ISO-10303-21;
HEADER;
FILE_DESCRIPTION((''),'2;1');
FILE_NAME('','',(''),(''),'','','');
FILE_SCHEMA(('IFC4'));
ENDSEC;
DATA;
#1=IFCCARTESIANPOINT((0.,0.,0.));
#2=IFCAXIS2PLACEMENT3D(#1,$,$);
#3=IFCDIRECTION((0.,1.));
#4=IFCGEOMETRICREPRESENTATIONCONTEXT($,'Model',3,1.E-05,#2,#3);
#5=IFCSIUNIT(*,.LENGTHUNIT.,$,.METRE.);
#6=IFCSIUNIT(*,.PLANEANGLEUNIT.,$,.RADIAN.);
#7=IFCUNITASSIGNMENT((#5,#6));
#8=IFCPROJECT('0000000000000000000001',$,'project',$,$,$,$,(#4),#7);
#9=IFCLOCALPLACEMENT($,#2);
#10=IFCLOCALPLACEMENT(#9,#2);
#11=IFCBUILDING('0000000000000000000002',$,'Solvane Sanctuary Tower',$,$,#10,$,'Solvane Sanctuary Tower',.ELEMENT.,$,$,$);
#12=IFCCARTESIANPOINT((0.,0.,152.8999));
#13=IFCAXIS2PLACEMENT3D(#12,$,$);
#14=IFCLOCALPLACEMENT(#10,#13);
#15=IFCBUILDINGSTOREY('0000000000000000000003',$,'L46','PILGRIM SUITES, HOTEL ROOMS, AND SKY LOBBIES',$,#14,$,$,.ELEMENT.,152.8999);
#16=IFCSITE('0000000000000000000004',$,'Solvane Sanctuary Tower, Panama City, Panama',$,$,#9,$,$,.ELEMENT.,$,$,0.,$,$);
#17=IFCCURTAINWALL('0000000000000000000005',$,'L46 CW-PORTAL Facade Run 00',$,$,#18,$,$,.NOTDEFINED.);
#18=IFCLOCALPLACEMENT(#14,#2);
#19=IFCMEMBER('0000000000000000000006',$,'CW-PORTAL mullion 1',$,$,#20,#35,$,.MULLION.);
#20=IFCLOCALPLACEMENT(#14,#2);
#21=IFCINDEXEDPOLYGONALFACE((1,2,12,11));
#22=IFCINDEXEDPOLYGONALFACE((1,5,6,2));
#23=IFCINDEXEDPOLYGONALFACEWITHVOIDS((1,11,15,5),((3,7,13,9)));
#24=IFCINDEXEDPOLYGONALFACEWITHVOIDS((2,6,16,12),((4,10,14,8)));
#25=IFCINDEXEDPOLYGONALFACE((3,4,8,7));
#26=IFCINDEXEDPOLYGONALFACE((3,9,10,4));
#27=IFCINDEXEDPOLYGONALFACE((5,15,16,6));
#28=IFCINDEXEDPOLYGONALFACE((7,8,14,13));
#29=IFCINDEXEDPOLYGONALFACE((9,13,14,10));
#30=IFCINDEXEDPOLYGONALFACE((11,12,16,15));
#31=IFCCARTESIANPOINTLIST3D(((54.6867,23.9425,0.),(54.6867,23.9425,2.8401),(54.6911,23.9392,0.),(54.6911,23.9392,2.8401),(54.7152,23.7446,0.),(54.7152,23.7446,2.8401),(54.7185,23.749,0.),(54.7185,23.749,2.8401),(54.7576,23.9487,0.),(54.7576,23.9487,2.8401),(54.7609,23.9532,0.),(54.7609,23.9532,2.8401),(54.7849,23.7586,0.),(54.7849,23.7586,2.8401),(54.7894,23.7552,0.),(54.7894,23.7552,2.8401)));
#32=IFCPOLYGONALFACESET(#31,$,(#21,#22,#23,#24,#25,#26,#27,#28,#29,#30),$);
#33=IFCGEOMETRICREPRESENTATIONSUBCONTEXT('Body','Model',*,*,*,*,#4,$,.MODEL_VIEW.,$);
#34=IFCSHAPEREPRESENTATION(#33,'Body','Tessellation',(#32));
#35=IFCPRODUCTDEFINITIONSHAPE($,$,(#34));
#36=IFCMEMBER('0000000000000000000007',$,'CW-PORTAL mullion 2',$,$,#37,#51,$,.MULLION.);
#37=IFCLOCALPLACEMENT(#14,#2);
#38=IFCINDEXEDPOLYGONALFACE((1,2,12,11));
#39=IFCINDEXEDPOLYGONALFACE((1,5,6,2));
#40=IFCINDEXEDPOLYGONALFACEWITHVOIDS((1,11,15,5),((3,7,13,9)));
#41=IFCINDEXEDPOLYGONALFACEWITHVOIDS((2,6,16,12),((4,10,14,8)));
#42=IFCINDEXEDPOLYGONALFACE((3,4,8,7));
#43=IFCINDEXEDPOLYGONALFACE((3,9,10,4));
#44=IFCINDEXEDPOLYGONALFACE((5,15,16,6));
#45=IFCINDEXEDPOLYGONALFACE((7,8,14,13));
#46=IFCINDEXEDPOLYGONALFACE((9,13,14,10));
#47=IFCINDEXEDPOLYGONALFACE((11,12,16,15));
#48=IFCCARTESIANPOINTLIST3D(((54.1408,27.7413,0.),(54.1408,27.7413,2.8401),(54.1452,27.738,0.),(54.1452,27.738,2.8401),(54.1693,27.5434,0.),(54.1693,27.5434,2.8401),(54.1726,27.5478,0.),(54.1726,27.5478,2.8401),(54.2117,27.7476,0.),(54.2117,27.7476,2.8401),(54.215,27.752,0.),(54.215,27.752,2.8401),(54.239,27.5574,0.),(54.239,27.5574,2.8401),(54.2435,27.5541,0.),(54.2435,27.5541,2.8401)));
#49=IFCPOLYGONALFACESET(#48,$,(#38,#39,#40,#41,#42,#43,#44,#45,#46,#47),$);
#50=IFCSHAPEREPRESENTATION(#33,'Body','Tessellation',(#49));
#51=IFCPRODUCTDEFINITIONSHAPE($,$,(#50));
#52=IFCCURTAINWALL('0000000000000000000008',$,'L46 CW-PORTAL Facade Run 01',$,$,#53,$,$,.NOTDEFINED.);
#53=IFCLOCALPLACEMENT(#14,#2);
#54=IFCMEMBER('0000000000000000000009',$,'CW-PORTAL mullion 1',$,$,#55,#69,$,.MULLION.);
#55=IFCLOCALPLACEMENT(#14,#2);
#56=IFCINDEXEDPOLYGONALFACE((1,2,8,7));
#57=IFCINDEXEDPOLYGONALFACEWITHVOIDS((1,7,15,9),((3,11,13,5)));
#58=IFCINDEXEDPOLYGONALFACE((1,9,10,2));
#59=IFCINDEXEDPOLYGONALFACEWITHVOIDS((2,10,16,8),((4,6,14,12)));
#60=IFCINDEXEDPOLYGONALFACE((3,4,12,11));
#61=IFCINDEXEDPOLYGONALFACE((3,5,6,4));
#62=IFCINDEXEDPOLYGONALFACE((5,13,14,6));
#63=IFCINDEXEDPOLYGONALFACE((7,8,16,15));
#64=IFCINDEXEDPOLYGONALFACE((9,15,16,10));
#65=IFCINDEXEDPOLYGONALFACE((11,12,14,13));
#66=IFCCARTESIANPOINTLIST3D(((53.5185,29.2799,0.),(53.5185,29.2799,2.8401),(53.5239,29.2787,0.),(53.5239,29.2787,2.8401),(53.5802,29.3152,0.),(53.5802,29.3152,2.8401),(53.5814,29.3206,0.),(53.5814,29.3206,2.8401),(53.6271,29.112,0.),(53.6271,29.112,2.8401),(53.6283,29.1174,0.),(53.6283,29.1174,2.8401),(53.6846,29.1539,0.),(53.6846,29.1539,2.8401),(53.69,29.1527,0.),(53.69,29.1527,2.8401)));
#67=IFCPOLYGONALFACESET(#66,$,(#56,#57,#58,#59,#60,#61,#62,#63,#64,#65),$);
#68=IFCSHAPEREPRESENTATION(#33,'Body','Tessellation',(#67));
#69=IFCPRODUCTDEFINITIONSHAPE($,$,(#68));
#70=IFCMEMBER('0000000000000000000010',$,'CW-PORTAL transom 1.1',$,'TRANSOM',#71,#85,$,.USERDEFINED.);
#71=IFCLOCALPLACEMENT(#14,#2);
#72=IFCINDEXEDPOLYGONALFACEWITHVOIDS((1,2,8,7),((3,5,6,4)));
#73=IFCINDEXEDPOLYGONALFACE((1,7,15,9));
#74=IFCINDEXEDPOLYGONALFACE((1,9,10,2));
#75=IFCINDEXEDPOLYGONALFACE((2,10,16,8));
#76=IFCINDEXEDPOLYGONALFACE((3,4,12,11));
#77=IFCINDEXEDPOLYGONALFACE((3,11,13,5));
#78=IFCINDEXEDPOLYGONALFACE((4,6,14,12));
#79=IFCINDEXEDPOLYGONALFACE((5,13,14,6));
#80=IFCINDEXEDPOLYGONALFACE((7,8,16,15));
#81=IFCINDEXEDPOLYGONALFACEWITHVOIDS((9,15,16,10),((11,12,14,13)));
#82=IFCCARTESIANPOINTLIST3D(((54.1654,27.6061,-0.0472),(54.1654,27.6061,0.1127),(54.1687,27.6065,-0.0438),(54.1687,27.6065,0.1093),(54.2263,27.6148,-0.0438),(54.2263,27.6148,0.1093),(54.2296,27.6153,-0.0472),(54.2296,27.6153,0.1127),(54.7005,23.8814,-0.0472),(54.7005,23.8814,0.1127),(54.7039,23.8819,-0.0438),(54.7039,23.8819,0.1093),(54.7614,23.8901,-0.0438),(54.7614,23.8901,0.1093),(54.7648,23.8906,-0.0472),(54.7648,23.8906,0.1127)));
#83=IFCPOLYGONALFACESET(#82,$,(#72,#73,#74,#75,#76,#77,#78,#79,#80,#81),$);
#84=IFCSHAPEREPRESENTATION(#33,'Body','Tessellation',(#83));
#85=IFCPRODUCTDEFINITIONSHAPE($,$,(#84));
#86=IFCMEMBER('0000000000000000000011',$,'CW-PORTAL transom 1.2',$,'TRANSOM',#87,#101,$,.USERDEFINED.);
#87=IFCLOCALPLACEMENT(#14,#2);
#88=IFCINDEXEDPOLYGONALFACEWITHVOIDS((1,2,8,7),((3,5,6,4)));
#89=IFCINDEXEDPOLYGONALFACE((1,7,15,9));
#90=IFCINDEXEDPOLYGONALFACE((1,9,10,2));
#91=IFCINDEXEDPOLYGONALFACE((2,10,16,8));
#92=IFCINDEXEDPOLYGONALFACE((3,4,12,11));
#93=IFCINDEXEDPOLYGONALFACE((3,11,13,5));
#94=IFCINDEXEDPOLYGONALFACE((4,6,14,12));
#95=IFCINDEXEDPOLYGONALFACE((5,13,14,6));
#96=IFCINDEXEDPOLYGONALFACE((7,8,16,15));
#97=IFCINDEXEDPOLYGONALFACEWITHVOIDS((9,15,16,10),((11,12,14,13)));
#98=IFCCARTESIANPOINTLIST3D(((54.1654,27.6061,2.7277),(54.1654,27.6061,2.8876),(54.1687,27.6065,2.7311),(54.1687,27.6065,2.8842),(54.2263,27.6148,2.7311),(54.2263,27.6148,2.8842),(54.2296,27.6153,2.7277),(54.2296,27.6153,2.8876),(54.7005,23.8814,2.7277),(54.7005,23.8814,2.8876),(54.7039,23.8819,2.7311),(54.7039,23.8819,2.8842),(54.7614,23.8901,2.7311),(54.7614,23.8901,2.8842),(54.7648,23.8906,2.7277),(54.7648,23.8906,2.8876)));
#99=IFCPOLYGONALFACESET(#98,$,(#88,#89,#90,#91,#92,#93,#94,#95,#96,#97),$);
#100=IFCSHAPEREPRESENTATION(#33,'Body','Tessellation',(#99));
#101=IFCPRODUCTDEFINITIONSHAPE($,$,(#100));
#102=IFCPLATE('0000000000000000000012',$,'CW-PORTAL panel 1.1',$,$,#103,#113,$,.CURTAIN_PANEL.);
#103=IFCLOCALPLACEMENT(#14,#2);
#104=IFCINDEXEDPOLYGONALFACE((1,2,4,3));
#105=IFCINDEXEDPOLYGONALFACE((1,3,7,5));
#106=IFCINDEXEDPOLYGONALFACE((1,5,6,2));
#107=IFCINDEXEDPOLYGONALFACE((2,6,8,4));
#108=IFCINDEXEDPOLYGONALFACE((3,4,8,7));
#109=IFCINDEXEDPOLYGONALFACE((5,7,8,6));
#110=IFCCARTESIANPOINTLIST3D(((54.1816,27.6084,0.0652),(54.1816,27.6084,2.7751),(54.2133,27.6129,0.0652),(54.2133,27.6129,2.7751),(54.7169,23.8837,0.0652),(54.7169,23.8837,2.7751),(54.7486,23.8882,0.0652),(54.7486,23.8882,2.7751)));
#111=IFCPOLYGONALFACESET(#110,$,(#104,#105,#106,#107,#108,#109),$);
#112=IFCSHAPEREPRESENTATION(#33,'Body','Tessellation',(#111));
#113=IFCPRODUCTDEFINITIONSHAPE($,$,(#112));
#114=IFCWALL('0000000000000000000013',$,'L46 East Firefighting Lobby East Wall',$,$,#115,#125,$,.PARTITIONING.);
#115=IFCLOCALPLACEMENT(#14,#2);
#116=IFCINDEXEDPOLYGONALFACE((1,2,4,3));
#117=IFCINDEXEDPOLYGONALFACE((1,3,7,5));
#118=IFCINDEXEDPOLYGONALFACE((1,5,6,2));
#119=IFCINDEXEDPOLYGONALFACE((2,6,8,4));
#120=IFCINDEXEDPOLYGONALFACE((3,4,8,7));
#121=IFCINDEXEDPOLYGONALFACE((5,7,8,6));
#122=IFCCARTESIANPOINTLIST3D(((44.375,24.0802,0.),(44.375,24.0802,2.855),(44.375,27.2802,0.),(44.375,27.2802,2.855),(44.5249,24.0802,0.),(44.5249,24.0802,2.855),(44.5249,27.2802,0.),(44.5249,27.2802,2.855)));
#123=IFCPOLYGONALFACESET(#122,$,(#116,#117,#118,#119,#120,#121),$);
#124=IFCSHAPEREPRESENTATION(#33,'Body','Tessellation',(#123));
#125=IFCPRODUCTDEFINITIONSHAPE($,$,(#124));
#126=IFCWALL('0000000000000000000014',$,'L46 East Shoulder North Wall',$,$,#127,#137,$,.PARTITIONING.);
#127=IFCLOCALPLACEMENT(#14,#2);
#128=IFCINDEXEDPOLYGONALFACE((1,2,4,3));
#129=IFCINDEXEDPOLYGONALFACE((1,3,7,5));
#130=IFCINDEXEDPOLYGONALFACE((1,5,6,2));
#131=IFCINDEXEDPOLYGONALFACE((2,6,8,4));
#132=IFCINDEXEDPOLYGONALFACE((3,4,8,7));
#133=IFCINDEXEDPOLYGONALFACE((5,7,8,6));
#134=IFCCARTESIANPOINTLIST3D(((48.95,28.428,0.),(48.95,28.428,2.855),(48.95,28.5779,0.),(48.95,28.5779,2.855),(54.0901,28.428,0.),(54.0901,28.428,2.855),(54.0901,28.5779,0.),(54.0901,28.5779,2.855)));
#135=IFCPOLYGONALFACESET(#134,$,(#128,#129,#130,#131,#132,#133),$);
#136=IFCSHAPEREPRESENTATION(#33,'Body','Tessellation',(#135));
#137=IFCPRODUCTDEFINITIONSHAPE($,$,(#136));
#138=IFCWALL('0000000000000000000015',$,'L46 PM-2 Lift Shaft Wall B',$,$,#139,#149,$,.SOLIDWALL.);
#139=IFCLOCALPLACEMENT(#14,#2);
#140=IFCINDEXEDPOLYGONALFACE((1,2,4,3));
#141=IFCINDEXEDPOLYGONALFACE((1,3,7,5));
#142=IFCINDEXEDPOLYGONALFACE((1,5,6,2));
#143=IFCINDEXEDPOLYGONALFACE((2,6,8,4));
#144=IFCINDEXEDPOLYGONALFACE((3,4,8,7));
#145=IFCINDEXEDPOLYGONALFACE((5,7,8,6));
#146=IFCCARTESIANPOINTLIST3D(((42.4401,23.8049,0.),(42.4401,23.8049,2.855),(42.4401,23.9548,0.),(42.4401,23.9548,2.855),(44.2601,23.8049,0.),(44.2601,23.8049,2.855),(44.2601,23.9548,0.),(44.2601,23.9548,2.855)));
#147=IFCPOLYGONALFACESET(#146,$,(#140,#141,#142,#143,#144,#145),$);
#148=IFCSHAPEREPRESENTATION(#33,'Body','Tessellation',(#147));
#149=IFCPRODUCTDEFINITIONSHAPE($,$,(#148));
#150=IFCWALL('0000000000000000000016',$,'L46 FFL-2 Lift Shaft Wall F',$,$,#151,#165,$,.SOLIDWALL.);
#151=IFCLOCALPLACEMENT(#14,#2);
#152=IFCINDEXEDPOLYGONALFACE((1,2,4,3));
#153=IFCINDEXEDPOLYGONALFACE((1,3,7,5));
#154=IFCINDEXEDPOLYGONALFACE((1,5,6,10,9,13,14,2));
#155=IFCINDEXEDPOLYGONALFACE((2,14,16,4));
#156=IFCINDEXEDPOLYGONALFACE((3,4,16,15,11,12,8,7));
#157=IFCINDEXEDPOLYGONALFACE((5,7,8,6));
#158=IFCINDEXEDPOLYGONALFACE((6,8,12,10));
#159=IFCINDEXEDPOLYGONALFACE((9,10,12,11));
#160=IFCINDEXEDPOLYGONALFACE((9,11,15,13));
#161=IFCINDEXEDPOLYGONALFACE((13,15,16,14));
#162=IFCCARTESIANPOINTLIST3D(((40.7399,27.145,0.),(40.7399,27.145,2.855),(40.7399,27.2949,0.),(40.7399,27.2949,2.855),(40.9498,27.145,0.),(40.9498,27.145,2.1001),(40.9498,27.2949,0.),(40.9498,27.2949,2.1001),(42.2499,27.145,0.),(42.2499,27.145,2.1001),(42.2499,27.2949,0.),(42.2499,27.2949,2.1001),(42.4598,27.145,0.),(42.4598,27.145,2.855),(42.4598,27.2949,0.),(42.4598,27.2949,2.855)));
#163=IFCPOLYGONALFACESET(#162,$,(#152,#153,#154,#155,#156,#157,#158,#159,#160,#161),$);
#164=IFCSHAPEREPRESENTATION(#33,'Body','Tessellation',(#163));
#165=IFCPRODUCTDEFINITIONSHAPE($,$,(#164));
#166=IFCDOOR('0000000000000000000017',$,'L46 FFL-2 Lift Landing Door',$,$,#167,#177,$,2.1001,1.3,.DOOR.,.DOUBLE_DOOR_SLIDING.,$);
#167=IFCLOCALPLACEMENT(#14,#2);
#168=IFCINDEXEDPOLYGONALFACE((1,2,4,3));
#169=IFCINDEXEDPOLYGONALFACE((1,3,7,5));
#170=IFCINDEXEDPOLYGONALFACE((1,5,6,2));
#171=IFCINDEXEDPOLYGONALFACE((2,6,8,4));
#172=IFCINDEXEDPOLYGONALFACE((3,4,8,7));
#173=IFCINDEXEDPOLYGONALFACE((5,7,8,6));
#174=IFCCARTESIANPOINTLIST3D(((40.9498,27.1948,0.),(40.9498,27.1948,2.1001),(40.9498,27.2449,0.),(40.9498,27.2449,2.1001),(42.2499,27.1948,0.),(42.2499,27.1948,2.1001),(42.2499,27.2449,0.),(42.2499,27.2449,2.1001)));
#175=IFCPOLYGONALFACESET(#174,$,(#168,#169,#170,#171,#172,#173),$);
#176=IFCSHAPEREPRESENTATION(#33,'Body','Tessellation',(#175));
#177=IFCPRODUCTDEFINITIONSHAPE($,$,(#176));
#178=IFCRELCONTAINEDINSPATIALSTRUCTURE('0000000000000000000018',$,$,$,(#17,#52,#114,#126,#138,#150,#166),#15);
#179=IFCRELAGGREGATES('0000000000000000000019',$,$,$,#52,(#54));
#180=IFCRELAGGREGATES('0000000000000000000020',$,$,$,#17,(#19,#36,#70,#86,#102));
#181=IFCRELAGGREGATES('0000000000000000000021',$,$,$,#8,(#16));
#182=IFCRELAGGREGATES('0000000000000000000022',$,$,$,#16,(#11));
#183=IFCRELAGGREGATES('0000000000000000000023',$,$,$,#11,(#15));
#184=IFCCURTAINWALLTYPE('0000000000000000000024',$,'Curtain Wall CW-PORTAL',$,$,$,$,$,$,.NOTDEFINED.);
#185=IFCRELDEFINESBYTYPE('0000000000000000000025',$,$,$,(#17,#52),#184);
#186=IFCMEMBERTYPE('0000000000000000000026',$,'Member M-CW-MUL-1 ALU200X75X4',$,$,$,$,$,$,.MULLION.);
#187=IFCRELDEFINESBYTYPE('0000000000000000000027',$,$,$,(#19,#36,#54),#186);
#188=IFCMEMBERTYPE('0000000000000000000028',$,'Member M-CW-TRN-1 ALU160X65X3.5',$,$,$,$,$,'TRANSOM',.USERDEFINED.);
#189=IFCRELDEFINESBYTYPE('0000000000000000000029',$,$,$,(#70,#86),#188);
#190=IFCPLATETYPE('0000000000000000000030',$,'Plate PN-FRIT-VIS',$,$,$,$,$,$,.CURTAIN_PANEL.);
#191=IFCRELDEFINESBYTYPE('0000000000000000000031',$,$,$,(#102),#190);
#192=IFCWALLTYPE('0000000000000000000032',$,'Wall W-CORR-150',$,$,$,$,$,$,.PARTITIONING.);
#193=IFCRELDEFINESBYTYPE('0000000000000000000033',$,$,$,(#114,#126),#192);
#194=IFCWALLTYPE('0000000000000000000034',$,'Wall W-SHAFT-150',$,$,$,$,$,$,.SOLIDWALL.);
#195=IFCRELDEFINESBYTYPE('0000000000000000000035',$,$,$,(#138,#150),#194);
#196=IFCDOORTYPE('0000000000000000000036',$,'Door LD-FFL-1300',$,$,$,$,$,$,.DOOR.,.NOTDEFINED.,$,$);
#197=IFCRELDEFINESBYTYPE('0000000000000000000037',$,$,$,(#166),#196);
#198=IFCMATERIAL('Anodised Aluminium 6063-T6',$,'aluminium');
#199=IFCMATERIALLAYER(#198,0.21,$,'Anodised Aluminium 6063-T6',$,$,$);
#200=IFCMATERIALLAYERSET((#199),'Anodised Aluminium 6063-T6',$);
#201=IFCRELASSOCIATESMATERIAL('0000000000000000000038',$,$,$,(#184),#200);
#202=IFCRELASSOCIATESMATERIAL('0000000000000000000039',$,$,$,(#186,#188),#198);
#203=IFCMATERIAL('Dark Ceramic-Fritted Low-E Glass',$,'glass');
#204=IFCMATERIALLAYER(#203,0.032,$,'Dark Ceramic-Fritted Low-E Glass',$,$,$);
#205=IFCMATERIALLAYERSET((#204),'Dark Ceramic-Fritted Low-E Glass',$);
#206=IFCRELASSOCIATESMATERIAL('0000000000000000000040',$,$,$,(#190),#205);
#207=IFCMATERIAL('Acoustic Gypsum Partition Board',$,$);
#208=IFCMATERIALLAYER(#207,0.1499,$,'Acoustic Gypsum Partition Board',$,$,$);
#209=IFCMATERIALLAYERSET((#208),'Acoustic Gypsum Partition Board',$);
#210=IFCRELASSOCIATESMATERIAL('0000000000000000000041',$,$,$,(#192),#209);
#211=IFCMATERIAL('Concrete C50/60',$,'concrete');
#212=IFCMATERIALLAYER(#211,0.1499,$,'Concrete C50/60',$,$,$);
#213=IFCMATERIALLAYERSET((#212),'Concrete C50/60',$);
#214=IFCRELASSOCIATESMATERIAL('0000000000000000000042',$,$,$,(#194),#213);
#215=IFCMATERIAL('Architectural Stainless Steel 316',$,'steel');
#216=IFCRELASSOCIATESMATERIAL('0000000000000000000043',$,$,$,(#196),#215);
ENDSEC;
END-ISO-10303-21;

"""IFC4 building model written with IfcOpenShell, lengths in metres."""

from ifc_helpers import new_model, si_unit, direction, frame, frame_2d, origin, origin_2d, place, context, subcontext, project, spatial, rectangle, hollow_rectangle, extrude, material, layer, layer_set, material_profile, profile_set, type_object, element, fill, aggregate, save


model = new_model("IFC4")

# Units and contexts
model_context = context("Model", 3, precision=1e-05, world=origin(), true_north=direction((0.0, 1.0)))
body_context = subcontext(model_context, "Body", "Model", "MODEL_VIEW")
ifc_project = project(units=[si_unit("LENGTHUNIT", "METRE"), si_unit("PLANEANGLEUNIT", "RADIAN")], contexts=[model_context])

# Site, building, storey
site_placement = place(None, origin())
site = spatial("IfcSite", under=ifc_project, at=site_placement, Name="Solvane Sanctuary Tower, Panama City, Panama", CompositionType="ELEMENT", RefElevation=0.0)
building_placement = place(site_placement, origin())
building = spatial("IfcBuilding", under=site, at=building_placement, Name="Solvane Sanctuary Tower", LongName="Solvane Sanctuary Tower", CompositionType="ELEMENT")
storey_placement = place(building_placement, frame((0.0, 0.0, 152.8999)))
storey = spatial("IfcBuildingStorey", under=building, at=storey_placement, Name="L46", Description="PILGRIM SUITES, HOTEL ROOMS, AND SKY LOBBIES", CompositionType="ELEMENT", Elevation=152.8999)

# Curtain wall, members
ifc_material_1 = material(Name="Anodised Aluminium 6063-T6", Category="aluminium")
ifc_layer_1 = layer(ifc_material_1, 0.21, Name="Anodised Aluminium 6063-T6")
ifc_layer_set_1 = layer_set([ifc_layer_1], Name="Anodised Aluminium 6063-T6")
curtain_wall_type = type_object("IfcCurtainWallType", Name="Curtain Wall CW-PORTAL", PredefinedType="NOTDEFINED", material=ifc_layer_set_1)
curtain_wall_1_placement = place(storey_placement, origin())
curtain_wall_1 = element("IfcCurtainWall", 1, at=curtain_wall_1_placement, inside=storey, type_object=curtain_wall_type, Name="L46 CW-PORTAL Facade Run 00", PredefinedType="NOTDEFINED")
ifc_material_profile_1 = material_profile(ifc_material_1, hollow_rectangle(XDim=0.075, YDim=0.2, WallThickness=0.0039, at=origin_2d()), Name="ALU200X75X4")
ifc_profile_set_1 = profile_set([ifc_material_profile_1], Name="Anodised Aluminium 6063-T6")
member_type_1 = type_object("IfcMemberType", Name="Member M-CW-MUL-1 ALU200X75X4", PredefinedType="MULLION", material=ifc_profile_set_1)
member_1_placement = place(storey_placement, frame((54.738, 23.8489, 0.0), z_axis=(0.0, 0.0, 1.0), x_axis=(-0.989831, -0.142248, 0.0)))
member_1 = element("IfcMember", 2, at=member_1_placement, type_object=member_type_1, Name="CW-PORTAL mullion 1", PredefinedType="MULLION", context=body_context, shape_type="SweptSolid", body=[
    extrude(hollow_rectangle(XDim=0.075, YDim=0.2, WallThickness=0.0039, at=origin_2d()), origin(), (0.0, 0.0, 1.0), 2.8401),
])
member_2_placement = place(storey_placement, frame((54.1921, 27.6477, 0.0), z_axis=(0.0, 0.0, 1.0), x_axis=(-0.989831, -0.142248, 0.0)))
member_2 = element("IfcMember", 3, at=member_2_placement, type_object=member_type_1, Name="CW-PORTAL mullion 2", PredefinedType="MULLION", context=body_context, shape_type="SweptSolid", body=[
    extrude(hollow_rectangle(XDim=0.075, YDim=0.2, WallThickness=0.0039, at=origin_2d()), origin(), (0.0, 0.0, 1.0), 2.8401),
])

# Curtain wall, member
curtain_wall_2_placement = place(storey_placement, origin())
curtain_wall_2 = element("IfcCurtainWall", 4, at=curtain_wall_2_placement, inside=storey, type_object=curtain_wall_type, Name="L46 CW-PORTAL Facade Run 01", PredefinedType="NOTDEFINED")
member_3_placement = place(storey_placement, frame((53.6042, 29.2163, 0.0), z_axis=(0.0, 0.0, 1.0), x_axis=(-0.839512, -0.543341, 0.0)))
member_3 = element("IfcMember", 5, at=member_3_placement, type_object=member_type_1, Name="CW-PORTAL mullion 1", PredefinedType="MULLION", context=body_context, shape_type="SweptSolid", body=[
    extrude(hollow_rectangle(XDim=0.075, YDim=0.2, WallThickness=0.0039, at=origin_2d()), origin(), (0.0, 0.0, 1.0), 2.8401),
])
aggregate(curtain_wall_2, [member_3])

# Members
ifc_material_profile_2 = material_profile(ifc_material_1, hollow_rectangle(XDim=0.0649, YDim=0.1599, WallThickness=0.0034, at=origin_2d()), Name="ALU160X65X3.5")
ifc_profile_set_2 = profile_set([ifc_material_profile_2], Name="Anodised Aluminium 6063-T6")
member_type_2 = type_object("IfcMemberType", Name="Member M-CW-TRN-1 ALU160X65X3.5", ElementType="TRANSOM", PredefinedType="USERDEFINED", material=ifc_profile_set_2)
member_4_placement = place(storey_placement, frame((54.7327, 23.886, 0.0327), z_axis=(-0.142221, 0.989835, 0.0), x_axis=(-0.989835, -0.142221, 0.0)))
member_4 = element("IfcMember", 6, at=member_4_placement, type_object=member_type_2, Name="CW-PORTAL transom 1.1", ObjectType="TRANSOM", PredefinedType="USERDEFINED", context=body_context, shape_type="SweptSolid", body=[
    extrude(hollow_rectangle(XDim=0.0649, YDim=0.1599, WallThickness=0.0034, at=origin_2d()), origin(), (0.0, 0.0, 1.0), 3.7629),
])
member_5_placement = place(storey_placement, frame((54.7327, 23.886, 2.8076), z_axis=(-0.142221, 0.989835, 0.0), x_axis=(-0.989835, -0.142221, 0.0)))
member_5 = element("IfcMember", 7, at=member_5_placement, type_object=member_type_2, Name="CW-PORTAL transom 1.2", ObjectType="TRANSOM", PredefinedType="USERDEFINED", context=body_context, shape_type="SweptSolid", body=[
    extrude(hollow_rectangle(XDim=0.0649, YDim=0.1599, WallThickness=0.0034, at=origin_2d()), origin(), (0.0, 0.0, 1.0), 3.7629),
])

# Plate
ifc_material_2 = material(Name="Dark Ceramic-Fritted Low-E Glass", Category="glass")
ifc_layer_2 = layer(ifc_material_2, 0.032, Name="Dark Ceramic-Fritted Low-E Glass")
ifc_layer_set_2 = layer_set([ifc_layer_2], Name="Dark Ceramic-Fritted Low-E Glass")
plate_type = type_object("IfcPlateType", Name="Plate PN-FRIT-VIS", PredefinedType="CURTAIN_PANEL", material=ifc_layer_set_2)
plate_placement = place(storey_placement, frame((54.4651, 25.7483, 0.0652), z_axis=(0.0, 0.0, 1.0), x_axis=(-0.142248, 0.989831, 0.0)))
plate = element("IfcPlate", 8, at=plate_placement, type_object=plate_type, Name="CW-PORTAL panel 1.1", PredefinedType="CURTAIN_PANEL", context=body_context, shape_type="SweptSolid", body=[
    extrude(rectangle(XDim=3.7629, YDim=0.032, at=origin_2d()), origin(), (0.0, 0.0, 1.0), 2.71),
])
aggregate(curtain_wall_1, [member_1, member_2, member_4, member_5, plate])

# Walls
ifc_material_3 = material(Name="Acoustic Gypsum Partition Board")
ifc_layer_3 = layer(ifc_material_3, 0.1499, Name="Acoustic Gypsum Partition Board")
ifc_layer_set_3 = layer_set([ifc_layer_3], Name="Acoustic Gypsum Partition Board")
wall_type_1 = type_object("IfcWallType", Name="Wall W-CORR-150", PredefinedType="PARTITIONING", material=ifc_layer_set_3)
wall_1_placement = place(storey_placement, frame((44.45, 24.0801, 0.0), z_axis=(0.0, 0.0, 1.0), x_axis=(0.0, 1.0, 0.0)))
element("IfcWall", 9, at=wall_1_placement, inside=storey, type_object=wall_type_1, Name="L46 East Firefighting Lobby East Wall", PredefinedType="PARTITIONING", context=body_context, shape_type="SweptSolid", body=[
    extrude(rectangle(XDim=3.2, YDim=0.1499, at=frame_2d((1.6001, 0.0))), origin(), (0.0, 0.0, 1.0), 2.855),
])
wall_2_placement = place(storey_placement, frame((48.95, 28.5029, 0.0), z_axis=(0.0, 0.0, 1.0), x_axis=(1.0, 0.0, 0.0)))
element("IfcWall", 10, at=wall_2_placement, inside=storey, type_object=wall_type_1, Name="L46 East Shoulder North Wall", PredefinedType="PARTITIONING", context=body_context, shape_type="SweptSolid", body=[
    extrude(rectangle(XDim=5.1401, YDim=0.1499, at=frame_2d((2.5701, 0.0))), origin(), (0.0, 0.0, 1.0), 2.855),
])
ifc_material_4 = material(Name="Concrete C50/60", Category="concrete")
ifc_layer_4 = layer(ifc_material_4, 0.1499, Name="Concrete C50/60")
ifc_layer_set_4 = layer_set([ifc_layer_4], Name="Concrete C50/60")
wall_type_2 = type_object("IfcWallType", Name="Wall W-SHAFT-150", PredefinedType="SOLIDWALL", material=ifc_layer_set_4)
wall_3_placement = place(storey_placement, frame((42.4399, 23.8799, 0.0), z_axis=(0.0, 0.0, 1.0), x_axis=(1.0, 0.0, 0.0)))
element("IfcWall", 11, at=wall_3_placement, inside=storey, type_object=wall_type_2, Name="L46 PM-2 Lift Shaft Wall B", PredefinedType="SOLIDWALL", context=body_context, shape_type="SweptSolid", body=[
    extrude(rectangle(XDim=1.8201, YDim=0.1499, at=frame_2d((0.9102, 0.0))), origin(), (0.0, 0.0, 1.0), 2.855),
])

# Wall, opening, door
wall_4_placement = place(storey_placement, frame((40.74, 27.22, 0.0), z_axis=(0.0, 0.0, 1.0), x_axis=(1.0, 0.0, 0.0)))
wall_4 = element("IfcWall", 12, at=wall_4_placement, inside=storey, type_object=wall_type_2, Name="L46 FFL-2 Lift Shaft Wall F", PredefinedType="SOLIDWALL", context=body_context, shape_type="SweptSolid", body=[
    extrude(rectangle(XDim=1.72, YDim=0.1499, at=frame_2d((0.8599, 0.0))), origin(), (0.0, 0.0, 1.0), 2.855),
])
opening_placement = place(wall_4_placement, frame((0.21, 0.0, 0.0)))
opening = element("IfcOpeningElement", 13, at=opening_placement, cuts=wall_4, PredefinedType="OPENING", context=body_context, shape_type="SweptSolid", body=[
    extrude(rectangle(XDim=1.3, YDim=2.1001, at=frame_2d((0.6499, 1.05))), frame((0.0, 0.085, 0.0), z_axis=(0.0, -1.0, 0.0), x_axis=(1.0, 0.0, 0.0)), (0.0, 0.0, 1.0), 0.1699),
])
ifc_material_5 = material(Name="Architectural Stainless Steel 316", Category="steel")
door_type = type_object("IfcDoorType", Name="Door LD-FFL-1300", OperationType="NOTDEFINED", PredefinedType="DOOR", material=ifc_material_5)
door_placement = place(opening_placement, origin())
door = element("IfcDoor", 14, at=door_placement, inside=storey, type_object=door_type, Name="L46 FFL-2 Lift Landing Door", OperationType="DOUBLE_DOOR_SLIDING", OverallHeight=2.1001, OverallWidth=1.3, PredefinedType="DOOR", context=body_context, shape_type="SweptSolid", body=[
    extrude(rectangle(XDim=1.3, YDim=2.1001, at=frame_2d((0.6499, 1.05))), frame((0.0, 0.0249, 0.0), z_axis=(0.0, -1.0, 0.0), x_axis=(1.0, 0.0, 0.0)), (0.0, 0.0, 1.0), 0.05),
])
fill(opening, door)

save(model, "model.ifc")
